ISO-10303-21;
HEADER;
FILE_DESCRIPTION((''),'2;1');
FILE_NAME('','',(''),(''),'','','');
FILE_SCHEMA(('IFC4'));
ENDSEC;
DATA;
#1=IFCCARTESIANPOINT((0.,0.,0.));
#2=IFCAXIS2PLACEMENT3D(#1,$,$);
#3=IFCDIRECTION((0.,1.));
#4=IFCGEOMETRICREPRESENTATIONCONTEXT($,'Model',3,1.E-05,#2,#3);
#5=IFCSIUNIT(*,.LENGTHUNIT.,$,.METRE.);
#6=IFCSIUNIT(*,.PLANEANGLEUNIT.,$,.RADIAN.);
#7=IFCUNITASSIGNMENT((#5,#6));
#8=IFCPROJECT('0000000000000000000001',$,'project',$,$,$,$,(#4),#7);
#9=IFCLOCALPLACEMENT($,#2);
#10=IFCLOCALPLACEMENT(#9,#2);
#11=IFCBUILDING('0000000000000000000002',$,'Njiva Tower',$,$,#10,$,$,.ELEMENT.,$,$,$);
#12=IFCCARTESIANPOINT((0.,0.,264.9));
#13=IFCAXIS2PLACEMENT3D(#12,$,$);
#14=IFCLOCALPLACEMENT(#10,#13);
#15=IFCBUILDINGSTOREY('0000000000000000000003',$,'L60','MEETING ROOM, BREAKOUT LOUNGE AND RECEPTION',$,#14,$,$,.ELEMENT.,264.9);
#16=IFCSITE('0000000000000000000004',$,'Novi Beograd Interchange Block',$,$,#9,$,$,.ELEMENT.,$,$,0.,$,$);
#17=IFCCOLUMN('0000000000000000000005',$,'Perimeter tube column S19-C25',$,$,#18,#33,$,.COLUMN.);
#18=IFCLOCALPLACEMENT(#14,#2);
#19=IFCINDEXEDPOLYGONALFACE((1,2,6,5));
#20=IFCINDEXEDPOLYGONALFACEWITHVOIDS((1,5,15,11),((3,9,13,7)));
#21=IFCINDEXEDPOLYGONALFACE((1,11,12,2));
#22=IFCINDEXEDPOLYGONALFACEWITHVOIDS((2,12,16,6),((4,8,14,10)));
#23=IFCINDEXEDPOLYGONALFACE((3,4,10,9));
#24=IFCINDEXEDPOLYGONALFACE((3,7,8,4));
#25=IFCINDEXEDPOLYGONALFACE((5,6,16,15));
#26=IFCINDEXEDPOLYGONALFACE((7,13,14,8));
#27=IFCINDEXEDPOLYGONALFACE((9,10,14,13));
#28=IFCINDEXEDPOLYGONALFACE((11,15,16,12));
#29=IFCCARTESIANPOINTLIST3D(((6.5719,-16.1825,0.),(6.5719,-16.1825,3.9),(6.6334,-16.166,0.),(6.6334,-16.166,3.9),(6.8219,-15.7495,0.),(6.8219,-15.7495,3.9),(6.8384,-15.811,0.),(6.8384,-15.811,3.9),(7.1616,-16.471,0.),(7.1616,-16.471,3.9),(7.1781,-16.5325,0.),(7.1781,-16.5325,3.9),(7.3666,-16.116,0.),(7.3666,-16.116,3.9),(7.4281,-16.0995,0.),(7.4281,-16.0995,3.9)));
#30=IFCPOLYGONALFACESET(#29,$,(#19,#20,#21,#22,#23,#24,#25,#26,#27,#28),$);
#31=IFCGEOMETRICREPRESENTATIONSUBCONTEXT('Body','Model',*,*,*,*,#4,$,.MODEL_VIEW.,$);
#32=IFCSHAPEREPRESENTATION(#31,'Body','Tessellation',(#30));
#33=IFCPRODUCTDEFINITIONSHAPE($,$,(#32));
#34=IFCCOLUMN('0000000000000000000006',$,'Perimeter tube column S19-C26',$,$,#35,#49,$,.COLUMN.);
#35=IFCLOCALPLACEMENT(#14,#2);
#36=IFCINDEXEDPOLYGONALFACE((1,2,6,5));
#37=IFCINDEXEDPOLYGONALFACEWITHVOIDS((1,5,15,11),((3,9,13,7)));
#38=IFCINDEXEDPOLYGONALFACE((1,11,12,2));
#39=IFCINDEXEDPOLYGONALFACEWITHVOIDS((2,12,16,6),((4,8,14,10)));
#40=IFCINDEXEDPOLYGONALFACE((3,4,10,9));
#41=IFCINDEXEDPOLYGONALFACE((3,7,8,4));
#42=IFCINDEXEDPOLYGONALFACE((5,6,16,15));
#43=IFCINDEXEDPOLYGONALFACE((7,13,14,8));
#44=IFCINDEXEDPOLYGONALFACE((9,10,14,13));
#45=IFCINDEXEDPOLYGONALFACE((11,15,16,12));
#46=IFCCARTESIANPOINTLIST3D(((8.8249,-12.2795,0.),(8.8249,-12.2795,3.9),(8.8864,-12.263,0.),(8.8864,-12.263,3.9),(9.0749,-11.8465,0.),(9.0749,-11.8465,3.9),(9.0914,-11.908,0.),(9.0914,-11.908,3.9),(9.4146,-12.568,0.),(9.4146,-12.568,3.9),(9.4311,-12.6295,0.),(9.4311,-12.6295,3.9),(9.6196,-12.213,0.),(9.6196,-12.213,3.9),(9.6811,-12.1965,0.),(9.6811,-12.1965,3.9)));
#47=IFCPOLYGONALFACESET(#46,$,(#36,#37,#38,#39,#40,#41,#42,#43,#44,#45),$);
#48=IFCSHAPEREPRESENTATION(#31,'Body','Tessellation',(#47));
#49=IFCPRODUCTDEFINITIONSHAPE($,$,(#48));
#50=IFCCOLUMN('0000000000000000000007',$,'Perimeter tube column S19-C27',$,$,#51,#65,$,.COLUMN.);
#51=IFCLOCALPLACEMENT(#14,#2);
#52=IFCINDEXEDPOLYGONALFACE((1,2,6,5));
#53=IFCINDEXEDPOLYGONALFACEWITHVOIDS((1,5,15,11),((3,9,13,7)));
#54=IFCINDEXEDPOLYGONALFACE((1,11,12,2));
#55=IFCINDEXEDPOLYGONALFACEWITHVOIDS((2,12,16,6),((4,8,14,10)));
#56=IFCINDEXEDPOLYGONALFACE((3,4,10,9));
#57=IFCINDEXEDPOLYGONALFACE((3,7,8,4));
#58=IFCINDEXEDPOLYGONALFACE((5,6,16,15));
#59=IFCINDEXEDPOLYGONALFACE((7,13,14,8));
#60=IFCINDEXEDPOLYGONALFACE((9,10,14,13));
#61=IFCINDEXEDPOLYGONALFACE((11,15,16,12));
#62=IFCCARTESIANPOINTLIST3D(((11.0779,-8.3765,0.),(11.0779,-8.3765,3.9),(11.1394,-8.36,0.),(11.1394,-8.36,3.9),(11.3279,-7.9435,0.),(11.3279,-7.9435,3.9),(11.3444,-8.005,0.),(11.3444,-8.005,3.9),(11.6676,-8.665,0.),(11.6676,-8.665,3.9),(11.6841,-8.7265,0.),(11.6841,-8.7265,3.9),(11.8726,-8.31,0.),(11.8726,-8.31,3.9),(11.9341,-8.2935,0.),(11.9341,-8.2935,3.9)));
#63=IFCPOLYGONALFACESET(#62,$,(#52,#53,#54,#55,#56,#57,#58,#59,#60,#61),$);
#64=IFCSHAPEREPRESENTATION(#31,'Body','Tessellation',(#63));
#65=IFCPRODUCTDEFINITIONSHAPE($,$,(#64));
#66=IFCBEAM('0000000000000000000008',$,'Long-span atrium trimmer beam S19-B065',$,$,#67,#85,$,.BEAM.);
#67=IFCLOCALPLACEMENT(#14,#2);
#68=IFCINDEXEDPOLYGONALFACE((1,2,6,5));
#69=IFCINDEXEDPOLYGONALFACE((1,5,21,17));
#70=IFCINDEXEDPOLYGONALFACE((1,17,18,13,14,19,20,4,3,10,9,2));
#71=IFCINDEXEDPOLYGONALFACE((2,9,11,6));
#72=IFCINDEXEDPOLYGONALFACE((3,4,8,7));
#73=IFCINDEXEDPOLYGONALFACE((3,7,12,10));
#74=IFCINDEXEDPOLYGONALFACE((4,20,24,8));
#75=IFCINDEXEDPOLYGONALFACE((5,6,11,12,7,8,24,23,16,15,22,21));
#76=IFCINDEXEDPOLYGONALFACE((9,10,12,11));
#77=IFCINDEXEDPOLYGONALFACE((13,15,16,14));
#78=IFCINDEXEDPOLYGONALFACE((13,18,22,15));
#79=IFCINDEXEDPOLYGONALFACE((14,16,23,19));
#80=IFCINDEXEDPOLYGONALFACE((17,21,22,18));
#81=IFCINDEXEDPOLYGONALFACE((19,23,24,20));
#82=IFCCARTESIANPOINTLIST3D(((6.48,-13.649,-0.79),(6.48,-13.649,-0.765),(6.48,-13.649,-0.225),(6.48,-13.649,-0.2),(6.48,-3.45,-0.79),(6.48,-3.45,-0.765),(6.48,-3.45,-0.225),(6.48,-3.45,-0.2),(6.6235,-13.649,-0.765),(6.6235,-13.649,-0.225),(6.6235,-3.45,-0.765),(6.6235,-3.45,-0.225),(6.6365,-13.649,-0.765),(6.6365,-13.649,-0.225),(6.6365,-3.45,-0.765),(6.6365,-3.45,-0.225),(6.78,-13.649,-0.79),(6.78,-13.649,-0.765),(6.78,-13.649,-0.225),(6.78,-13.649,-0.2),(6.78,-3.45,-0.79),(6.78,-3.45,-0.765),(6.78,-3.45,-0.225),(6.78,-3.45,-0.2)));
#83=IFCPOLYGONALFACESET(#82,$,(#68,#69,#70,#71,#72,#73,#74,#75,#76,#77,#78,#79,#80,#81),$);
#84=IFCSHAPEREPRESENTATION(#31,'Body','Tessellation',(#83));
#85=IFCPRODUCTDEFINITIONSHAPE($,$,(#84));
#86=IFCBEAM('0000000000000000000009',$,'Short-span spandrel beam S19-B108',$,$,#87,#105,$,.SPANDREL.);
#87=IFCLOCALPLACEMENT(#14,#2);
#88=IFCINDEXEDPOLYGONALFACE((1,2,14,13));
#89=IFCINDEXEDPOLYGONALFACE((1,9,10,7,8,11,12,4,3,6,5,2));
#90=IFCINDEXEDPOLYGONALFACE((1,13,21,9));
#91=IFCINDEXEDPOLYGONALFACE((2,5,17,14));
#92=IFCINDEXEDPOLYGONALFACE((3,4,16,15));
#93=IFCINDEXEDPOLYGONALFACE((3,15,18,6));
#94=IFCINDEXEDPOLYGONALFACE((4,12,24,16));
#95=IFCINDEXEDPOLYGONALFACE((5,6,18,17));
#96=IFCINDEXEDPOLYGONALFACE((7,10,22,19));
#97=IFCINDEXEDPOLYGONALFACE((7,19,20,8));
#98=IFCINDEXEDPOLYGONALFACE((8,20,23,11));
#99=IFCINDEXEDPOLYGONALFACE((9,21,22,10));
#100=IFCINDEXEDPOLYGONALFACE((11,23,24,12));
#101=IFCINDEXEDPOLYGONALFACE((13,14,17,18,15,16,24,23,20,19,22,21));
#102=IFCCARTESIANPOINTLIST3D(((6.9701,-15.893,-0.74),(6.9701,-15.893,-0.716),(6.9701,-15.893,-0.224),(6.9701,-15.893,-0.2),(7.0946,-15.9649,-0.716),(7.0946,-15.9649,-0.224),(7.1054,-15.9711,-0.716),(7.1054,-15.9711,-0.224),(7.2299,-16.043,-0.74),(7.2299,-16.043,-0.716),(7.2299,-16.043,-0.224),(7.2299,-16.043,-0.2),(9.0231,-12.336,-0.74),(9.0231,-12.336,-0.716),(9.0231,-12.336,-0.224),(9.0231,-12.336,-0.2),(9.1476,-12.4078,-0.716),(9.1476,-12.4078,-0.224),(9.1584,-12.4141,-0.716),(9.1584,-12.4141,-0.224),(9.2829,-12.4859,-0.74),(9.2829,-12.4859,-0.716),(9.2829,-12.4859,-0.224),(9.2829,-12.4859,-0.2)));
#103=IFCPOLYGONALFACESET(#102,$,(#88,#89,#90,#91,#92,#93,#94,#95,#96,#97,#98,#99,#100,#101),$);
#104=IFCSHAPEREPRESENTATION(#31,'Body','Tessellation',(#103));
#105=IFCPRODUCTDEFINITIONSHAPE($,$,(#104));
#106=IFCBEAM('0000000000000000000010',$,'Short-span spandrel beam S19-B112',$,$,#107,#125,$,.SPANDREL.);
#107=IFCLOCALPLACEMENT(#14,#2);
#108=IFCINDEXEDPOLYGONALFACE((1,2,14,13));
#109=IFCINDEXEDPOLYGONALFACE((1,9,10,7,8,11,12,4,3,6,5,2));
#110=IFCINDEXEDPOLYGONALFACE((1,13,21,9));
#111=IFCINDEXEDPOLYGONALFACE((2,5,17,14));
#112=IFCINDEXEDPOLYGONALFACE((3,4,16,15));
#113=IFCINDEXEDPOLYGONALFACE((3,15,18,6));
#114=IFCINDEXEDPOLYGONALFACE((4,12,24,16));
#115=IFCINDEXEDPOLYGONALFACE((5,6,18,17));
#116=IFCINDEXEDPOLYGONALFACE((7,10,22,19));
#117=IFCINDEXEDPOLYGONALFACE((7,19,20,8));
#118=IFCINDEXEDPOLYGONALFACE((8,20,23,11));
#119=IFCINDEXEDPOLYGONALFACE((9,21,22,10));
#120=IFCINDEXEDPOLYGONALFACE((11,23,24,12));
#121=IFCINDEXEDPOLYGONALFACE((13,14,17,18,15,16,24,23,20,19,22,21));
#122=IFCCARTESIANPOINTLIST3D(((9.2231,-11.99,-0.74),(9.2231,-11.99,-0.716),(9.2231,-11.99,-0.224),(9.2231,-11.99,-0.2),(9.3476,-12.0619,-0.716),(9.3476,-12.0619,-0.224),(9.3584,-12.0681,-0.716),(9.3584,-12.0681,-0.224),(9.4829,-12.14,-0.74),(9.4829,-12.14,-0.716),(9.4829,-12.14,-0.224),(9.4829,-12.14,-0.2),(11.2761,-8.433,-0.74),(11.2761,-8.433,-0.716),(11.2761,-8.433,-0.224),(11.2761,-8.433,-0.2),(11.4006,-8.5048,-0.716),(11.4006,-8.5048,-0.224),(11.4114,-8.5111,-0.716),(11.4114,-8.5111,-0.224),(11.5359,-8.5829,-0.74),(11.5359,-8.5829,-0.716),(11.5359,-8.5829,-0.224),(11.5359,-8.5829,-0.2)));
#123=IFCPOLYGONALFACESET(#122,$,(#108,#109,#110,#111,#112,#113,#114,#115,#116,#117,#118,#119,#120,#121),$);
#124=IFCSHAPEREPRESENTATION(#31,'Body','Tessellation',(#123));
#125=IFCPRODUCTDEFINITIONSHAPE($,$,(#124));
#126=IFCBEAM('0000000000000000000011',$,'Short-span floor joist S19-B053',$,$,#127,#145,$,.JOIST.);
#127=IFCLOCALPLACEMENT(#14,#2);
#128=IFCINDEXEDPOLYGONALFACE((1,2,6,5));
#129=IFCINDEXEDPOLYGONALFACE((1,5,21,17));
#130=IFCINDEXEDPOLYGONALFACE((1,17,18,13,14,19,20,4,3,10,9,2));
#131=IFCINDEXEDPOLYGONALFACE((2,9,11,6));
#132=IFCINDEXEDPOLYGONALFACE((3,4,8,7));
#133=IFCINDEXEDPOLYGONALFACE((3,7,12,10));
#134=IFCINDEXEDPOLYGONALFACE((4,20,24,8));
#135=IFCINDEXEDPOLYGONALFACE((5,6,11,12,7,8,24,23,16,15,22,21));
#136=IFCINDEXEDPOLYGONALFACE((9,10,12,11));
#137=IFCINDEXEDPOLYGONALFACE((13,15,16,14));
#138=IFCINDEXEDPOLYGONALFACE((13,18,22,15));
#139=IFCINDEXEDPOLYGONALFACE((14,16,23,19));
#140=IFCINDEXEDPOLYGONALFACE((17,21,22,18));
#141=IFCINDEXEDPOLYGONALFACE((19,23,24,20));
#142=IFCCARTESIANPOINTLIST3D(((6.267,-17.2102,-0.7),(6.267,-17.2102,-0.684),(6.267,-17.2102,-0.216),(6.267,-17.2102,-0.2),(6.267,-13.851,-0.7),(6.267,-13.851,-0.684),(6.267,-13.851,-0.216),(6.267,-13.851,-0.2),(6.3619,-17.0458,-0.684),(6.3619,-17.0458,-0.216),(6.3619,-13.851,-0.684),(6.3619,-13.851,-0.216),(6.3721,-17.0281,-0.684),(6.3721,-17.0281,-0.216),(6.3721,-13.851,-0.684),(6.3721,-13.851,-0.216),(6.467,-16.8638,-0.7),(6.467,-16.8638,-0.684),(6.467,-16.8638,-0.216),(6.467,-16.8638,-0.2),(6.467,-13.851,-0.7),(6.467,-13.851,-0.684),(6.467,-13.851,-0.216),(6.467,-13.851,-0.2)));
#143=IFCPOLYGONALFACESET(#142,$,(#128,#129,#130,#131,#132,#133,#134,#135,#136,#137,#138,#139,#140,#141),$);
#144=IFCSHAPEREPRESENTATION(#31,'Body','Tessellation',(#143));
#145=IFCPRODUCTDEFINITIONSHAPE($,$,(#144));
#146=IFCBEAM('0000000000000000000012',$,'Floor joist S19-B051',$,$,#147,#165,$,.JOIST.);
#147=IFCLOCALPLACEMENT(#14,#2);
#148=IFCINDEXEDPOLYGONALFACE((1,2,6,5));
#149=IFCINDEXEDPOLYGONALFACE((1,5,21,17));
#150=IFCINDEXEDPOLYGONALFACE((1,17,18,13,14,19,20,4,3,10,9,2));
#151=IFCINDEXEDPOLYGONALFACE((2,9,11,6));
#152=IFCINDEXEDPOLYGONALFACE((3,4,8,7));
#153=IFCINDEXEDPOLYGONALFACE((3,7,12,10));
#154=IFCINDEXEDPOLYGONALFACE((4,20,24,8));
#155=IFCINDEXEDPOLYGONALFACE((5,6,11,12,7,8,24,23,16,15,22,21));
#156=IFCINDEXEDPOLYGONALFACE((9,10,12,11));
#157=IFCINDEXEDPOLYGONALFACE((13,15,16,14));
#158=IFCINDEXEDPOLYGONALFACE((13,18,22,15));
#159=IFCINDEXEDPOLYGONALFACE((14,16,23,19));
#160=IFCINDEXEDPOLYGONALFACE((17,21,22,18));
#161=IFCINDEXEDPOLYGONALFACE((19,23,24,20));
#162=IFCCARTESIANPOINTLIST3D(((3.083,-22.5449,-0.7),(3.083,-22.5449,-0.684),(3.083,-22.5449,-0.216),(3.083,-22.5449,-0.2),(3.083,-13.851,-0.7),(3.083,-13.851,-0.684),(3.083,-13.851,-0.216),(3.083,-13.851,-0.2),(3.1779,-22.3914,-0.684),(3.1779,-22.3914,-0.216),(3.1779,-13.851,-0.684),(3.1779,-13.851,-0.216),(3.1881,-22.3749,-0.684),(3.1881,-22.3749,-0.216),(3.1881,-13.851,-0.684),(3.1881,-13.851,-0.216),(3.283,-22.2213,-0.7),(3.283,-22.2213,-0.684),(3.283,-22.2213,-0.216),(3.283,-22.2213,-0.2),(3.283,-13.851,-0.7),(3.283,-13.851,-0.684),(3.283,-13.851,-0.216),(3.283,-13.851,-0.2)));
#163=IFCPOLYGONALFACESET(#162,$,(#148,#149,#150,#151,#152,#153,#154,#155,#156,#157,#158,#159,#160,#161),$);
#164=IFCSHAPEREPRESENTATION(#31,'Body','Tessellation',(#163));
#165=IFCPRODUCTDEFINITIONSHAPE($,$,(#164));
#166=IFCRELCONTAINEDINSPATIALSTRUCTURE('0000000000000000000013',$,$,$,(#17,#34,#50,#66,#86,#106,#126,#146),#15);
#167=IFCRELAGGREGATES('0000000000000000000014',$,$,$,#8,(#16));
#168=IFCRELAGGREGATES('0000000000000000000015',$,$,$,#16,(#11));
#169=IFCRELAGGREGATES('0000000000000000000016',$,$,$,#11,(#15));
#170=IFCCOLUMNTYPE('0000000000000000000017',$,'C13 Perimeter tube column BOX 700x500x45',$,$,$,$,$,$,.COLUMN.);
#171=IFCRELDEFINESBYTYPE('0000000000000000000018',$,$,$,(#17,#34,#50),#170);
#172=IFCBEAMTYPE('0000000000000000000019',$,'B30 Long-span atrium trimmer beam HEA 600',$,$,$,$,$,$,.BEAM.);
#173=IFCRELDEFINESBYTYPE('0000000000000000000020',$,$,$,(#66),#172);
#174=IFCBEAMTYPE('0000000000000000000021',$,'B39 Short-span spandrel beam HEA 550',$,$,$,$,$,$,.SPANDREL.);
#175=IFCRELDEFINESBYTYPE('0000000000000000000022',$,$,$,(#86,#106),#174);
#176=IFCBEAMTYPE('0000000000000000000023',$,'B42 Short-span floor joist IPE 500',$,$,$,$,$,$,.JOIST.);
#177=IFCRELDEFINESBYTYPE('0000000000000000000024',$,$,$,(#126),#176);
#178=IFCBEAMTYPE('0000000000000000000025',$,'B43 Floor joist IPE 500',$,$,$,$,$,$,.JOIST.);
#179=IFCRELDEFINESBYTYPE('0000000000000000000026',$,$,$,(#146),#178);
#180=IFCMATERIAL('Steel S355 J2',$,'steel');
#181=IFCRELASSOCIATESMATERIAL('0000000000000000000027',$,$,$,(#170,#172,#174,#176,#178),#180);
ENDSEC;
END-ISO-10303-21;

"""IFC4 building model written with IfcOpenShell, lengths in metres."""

from ifc_helpers import new_model, si_unit, direction, frame, origin, origin_2d, place, context, subcontext, project, spatial, hollow_rectangle, i_section, extrude, clip, halfspace, material, material_profile, profile_set, type_object, element, save


model = new_model("IFC4")

# Units and contexts
model_context = context("Model", 3, precision=1e-05, world=origin(), true_north=direction((0.0, 1.0)))
body_context = subcontext(model_context, "Body", "Model", "MODEL_VIEW")
ifc_project = project(units=[si_unit("LENGTHUNIT", "METRE"), si_unit("PLANEANGLEUNIT", "RADIAN")], contexts=[model_context])

# Site, building, storey
site_placement = place(None, origin())
site = spatial("IfcSite", under=ifc_project, at=site_placement, Name="Novi Beograd Interchange Block", CompositionType="ELEMENT", RefElevation=0.0)
building_placement = place(site_placement, origin())
building = spatial("IfcBuilding", under=site, at=building_placement, Name="Njiva Tower", CompositionType="ELEMENT")
storey_placement = place(building_placement, frame((0.0, 0.0, 264.9)))
storey = spatial("IfcBuildingStorey", under=building, at=storey_placement, Name="L60", Description="MEETING ROOM, BREAKOUT LOUNGE AND RECEPTION", CompositionType="ELEMENT", Elevation=264.9)

# Columns
ifc_material_1 = material(Name="Steel S355 J2", Category="steel")
ifc_material_profile_1 = material_profile(ifc_material_1, hollow_rectangle(XDim=0.5, YDim=0.7, WallThickness=0.045, at=origin_2d()), Name="BOX 700x500x45")
ifc_profile_set_1 = profile_set([ifc_material_profile_1], Name="Steel S355 J2")
column_type = type_object("IfcColumnType", Name="C13 Perimeter tube column BOX 700x500x45", PredefinedType="COLUMN", material=ifc_profile_set_1)
for number, where, z_axis, x_axis, name in (
    (1, (7.0, -16.141, 0.0), (0.0, 0.0, 1.0), (0.5, 0.866025, 0.0), "Perimeter tube column S19-C25"),
    (2, (9.253, -12.238, 0.0), (0.0, 0.0, 1.0), (0.5, 0.866025, 0.0), "Perimeter tube column S19-C26"),
    (3, (11.506, -8.335, 0.0), (0.0, 0.0, 1.0), (0.5, 0.866025, 0.0), "Perimeter tube column S19-C27"),
):
    element("IfcColumn", number, at=place(storey_placement, frame(where, z_axis=z_axis, x_axis=x_axis)), inside=storey, type_object=column_type, Name=name, PredefinedType="COLUMN", context=body_context, shape_type="SweptSolid", body=[
        extrude(hollow_rectangle(XDim=0.5, YDim=0.7, WallThickness=0.045, at=origin_2d()), origin(), (0.0, 0.0, 1.0), 3.9),
    ])

# Beams
ifc_material_profile_2 = material_profile(ifc_material_1, i_section(OverallWidth=0.3, OverallDepth=0.59, WebThickness=0.013, FlangeThickness=0.025, at=origin_2d()), Name="HEA 600")
ifc_profile_set_2 = profile_set([ifc_material_profile_2], Name="Steel S355 J2")
beam_type_1 = type_object("IfcBeamType", Name="B30 Long-span atrium trimmer beam HEA 600", PredefinedType="BEAM", material=ifc_profile_set_2)
beam_1_placement = place(storey_placement, frame((6.63, -13.649, -0.495), z_axis=(0.0, 1.0, 0.0), x_axis=(-1.0, 0.0, 0.0)))
element("IfcBeam", 4, at=beam_1_placement, inside=storey, type_object=beam_type_1, Name="Long-span atrium trimmer beam S19-B065", PredefinedType="BEAM", context=body_context, shape_type="SweptSolid", body=[
    extrude(i_section(OverallWidth=0.3, OverallDepth=0.59, WebThickness=0.013, FlangeThickness=0.025, at=origin_2d()), origin(), (0.0, 0.0, 1.0), 10.199),
])
ifc_material_profile_3 = material_profile(ifc_material_1, i_section(OverallWidth=0.3, OverallDepth=0.54, WebThickness=0.0125, FlangeThickness=0.024, at=origin_2d()), Name="HEA 550")
ifc_profile_set_3 = profile_set([ifc_material_profile_3], Name="Steel S355 J2")
beam_type_2 = type_object("IfcBeamType", Name="B39 Short-span spandrel beam HEA 550", PredefinedType="SPANDREL", material=ifc_profile_set_3)
for number, where, z_axis, x_axis, name in (
    (5, (7.1, -15.968, -0.47), (0.499884, 0.866092, 0.0), (-0.866092, 0.499884, 0.0), "Short-span spandrel beam S19-B108"),
    (6, (9.353, -12.065, -0.47), (0.499884, 0.866092, 0.0), (-0.866092, 0.499884, 0.0), "Short-span spandrel beam S19-B112"),
):
    element("IfcBeam", number, at=place(storey_placement, frame(where, z_axis=z_axis, x_axis=x_axis)), inside=storey, type_object=beam_type_2, Name=name, PredefinedType="SPANDREL", context=body_context, shape_type="SweptSolid", body=[
        extrude(i_section(OverallWidth=0.3, OverallDepth=0.54, WebThickness=0.0125, FlangeThickness=0.024, at=origin_2d()), origin(), (0.0, 0.0, 1.0), 4.107),
    ])
ifc_material_profile_4 = material_profile(ifc_material_1, i_section(OverallWidth=0.2, OverallDepth=0.5, WebThickness=0.0102, FlangeThickness=0.016, at=origin_2d()), Name="IPE 500")
ifc_profile_set_4 = profile_set([ifc_material_profile_4], Name="Steel S355 J2")
beam_type_3 = type_object("IfcBeamType", Name="B42 Short-span floor joist IPE 500", PredefinedType="JOIST", material=ifc_profile_set_4)
beam_2_placement = place(storey_placement, frame((6.367, -13.851, -0.45), z_axis=(0.0, -1.0, 0.0), x_axis=(1.0, 0.0, 0.0)))
element("IfcBeam", 7, at=beam_2_placement, inside=storey, type_object=beam_type_3, Name="Short-span floor joist S19-B053", PredefinedType="JOIST", context=body_context, shape_type="Clipping", body=[
    clip(extrude(i_section(OverallWidth=0.2, OverallDepth=0.5, WebThickness=0.0102, FlangeThickness=0.016, at=origin_2d()), origin(), (0.0, 0.0, 1.0), 3.38), halfspace(frame((0.043, 0.0, 3.1115), z_axis=(0.866027, 0.0, 0.499998), x_axis=(0.0, 1.0, 0.0)), False)),
])
ifc_material_profile_5 = material_profile(ifc_material_1, i_section(OverallWidth=0.2, OverallDepth=0.5, WebThickness=0.0102, FlangeThickness=0.016, at=origin_2d()), Name="IPE 500")
ifc_profile_set_5 = profile_set([ifc_material_profile_5], Name="Steel S355 J2")
beam_type_4 = type_object("IfcBeamType", Name="B43 Floor joist IPE 500", PredefinedType="JOIST", material=ifc_profile_set_5)
beam_3_placement = place(storey_placement, frame((3.183, -13.851, -0.45), z_axis=(0.0, -1.0, 0.0), x_axis=(1.0, 0.0, 0.0)))
element("IfcBeam", 8, at=beam_3_placement, inside=storey, type_object=beam_type_4, Name="Floor joist S19-B051", PredefinedType="JOIST", context=body_context, shape_type="Clipping", body=[
    clip(extrude(i_section(OverallWidth=0.2, OverallDepth=0.5, WebThickness=0.0102, FlangeThickness=0.016, at=origin_2d()), origin(), (0.0, 0.0, 1.0), 8.713), halfspace(frame((0.0429, 0.0, 8.4627), z_axis=(0.850616, 0.0, 0.525788), x_axis=(0.0, 1.0, 0.0)), False)),
])

save(model, "model.ifc")
